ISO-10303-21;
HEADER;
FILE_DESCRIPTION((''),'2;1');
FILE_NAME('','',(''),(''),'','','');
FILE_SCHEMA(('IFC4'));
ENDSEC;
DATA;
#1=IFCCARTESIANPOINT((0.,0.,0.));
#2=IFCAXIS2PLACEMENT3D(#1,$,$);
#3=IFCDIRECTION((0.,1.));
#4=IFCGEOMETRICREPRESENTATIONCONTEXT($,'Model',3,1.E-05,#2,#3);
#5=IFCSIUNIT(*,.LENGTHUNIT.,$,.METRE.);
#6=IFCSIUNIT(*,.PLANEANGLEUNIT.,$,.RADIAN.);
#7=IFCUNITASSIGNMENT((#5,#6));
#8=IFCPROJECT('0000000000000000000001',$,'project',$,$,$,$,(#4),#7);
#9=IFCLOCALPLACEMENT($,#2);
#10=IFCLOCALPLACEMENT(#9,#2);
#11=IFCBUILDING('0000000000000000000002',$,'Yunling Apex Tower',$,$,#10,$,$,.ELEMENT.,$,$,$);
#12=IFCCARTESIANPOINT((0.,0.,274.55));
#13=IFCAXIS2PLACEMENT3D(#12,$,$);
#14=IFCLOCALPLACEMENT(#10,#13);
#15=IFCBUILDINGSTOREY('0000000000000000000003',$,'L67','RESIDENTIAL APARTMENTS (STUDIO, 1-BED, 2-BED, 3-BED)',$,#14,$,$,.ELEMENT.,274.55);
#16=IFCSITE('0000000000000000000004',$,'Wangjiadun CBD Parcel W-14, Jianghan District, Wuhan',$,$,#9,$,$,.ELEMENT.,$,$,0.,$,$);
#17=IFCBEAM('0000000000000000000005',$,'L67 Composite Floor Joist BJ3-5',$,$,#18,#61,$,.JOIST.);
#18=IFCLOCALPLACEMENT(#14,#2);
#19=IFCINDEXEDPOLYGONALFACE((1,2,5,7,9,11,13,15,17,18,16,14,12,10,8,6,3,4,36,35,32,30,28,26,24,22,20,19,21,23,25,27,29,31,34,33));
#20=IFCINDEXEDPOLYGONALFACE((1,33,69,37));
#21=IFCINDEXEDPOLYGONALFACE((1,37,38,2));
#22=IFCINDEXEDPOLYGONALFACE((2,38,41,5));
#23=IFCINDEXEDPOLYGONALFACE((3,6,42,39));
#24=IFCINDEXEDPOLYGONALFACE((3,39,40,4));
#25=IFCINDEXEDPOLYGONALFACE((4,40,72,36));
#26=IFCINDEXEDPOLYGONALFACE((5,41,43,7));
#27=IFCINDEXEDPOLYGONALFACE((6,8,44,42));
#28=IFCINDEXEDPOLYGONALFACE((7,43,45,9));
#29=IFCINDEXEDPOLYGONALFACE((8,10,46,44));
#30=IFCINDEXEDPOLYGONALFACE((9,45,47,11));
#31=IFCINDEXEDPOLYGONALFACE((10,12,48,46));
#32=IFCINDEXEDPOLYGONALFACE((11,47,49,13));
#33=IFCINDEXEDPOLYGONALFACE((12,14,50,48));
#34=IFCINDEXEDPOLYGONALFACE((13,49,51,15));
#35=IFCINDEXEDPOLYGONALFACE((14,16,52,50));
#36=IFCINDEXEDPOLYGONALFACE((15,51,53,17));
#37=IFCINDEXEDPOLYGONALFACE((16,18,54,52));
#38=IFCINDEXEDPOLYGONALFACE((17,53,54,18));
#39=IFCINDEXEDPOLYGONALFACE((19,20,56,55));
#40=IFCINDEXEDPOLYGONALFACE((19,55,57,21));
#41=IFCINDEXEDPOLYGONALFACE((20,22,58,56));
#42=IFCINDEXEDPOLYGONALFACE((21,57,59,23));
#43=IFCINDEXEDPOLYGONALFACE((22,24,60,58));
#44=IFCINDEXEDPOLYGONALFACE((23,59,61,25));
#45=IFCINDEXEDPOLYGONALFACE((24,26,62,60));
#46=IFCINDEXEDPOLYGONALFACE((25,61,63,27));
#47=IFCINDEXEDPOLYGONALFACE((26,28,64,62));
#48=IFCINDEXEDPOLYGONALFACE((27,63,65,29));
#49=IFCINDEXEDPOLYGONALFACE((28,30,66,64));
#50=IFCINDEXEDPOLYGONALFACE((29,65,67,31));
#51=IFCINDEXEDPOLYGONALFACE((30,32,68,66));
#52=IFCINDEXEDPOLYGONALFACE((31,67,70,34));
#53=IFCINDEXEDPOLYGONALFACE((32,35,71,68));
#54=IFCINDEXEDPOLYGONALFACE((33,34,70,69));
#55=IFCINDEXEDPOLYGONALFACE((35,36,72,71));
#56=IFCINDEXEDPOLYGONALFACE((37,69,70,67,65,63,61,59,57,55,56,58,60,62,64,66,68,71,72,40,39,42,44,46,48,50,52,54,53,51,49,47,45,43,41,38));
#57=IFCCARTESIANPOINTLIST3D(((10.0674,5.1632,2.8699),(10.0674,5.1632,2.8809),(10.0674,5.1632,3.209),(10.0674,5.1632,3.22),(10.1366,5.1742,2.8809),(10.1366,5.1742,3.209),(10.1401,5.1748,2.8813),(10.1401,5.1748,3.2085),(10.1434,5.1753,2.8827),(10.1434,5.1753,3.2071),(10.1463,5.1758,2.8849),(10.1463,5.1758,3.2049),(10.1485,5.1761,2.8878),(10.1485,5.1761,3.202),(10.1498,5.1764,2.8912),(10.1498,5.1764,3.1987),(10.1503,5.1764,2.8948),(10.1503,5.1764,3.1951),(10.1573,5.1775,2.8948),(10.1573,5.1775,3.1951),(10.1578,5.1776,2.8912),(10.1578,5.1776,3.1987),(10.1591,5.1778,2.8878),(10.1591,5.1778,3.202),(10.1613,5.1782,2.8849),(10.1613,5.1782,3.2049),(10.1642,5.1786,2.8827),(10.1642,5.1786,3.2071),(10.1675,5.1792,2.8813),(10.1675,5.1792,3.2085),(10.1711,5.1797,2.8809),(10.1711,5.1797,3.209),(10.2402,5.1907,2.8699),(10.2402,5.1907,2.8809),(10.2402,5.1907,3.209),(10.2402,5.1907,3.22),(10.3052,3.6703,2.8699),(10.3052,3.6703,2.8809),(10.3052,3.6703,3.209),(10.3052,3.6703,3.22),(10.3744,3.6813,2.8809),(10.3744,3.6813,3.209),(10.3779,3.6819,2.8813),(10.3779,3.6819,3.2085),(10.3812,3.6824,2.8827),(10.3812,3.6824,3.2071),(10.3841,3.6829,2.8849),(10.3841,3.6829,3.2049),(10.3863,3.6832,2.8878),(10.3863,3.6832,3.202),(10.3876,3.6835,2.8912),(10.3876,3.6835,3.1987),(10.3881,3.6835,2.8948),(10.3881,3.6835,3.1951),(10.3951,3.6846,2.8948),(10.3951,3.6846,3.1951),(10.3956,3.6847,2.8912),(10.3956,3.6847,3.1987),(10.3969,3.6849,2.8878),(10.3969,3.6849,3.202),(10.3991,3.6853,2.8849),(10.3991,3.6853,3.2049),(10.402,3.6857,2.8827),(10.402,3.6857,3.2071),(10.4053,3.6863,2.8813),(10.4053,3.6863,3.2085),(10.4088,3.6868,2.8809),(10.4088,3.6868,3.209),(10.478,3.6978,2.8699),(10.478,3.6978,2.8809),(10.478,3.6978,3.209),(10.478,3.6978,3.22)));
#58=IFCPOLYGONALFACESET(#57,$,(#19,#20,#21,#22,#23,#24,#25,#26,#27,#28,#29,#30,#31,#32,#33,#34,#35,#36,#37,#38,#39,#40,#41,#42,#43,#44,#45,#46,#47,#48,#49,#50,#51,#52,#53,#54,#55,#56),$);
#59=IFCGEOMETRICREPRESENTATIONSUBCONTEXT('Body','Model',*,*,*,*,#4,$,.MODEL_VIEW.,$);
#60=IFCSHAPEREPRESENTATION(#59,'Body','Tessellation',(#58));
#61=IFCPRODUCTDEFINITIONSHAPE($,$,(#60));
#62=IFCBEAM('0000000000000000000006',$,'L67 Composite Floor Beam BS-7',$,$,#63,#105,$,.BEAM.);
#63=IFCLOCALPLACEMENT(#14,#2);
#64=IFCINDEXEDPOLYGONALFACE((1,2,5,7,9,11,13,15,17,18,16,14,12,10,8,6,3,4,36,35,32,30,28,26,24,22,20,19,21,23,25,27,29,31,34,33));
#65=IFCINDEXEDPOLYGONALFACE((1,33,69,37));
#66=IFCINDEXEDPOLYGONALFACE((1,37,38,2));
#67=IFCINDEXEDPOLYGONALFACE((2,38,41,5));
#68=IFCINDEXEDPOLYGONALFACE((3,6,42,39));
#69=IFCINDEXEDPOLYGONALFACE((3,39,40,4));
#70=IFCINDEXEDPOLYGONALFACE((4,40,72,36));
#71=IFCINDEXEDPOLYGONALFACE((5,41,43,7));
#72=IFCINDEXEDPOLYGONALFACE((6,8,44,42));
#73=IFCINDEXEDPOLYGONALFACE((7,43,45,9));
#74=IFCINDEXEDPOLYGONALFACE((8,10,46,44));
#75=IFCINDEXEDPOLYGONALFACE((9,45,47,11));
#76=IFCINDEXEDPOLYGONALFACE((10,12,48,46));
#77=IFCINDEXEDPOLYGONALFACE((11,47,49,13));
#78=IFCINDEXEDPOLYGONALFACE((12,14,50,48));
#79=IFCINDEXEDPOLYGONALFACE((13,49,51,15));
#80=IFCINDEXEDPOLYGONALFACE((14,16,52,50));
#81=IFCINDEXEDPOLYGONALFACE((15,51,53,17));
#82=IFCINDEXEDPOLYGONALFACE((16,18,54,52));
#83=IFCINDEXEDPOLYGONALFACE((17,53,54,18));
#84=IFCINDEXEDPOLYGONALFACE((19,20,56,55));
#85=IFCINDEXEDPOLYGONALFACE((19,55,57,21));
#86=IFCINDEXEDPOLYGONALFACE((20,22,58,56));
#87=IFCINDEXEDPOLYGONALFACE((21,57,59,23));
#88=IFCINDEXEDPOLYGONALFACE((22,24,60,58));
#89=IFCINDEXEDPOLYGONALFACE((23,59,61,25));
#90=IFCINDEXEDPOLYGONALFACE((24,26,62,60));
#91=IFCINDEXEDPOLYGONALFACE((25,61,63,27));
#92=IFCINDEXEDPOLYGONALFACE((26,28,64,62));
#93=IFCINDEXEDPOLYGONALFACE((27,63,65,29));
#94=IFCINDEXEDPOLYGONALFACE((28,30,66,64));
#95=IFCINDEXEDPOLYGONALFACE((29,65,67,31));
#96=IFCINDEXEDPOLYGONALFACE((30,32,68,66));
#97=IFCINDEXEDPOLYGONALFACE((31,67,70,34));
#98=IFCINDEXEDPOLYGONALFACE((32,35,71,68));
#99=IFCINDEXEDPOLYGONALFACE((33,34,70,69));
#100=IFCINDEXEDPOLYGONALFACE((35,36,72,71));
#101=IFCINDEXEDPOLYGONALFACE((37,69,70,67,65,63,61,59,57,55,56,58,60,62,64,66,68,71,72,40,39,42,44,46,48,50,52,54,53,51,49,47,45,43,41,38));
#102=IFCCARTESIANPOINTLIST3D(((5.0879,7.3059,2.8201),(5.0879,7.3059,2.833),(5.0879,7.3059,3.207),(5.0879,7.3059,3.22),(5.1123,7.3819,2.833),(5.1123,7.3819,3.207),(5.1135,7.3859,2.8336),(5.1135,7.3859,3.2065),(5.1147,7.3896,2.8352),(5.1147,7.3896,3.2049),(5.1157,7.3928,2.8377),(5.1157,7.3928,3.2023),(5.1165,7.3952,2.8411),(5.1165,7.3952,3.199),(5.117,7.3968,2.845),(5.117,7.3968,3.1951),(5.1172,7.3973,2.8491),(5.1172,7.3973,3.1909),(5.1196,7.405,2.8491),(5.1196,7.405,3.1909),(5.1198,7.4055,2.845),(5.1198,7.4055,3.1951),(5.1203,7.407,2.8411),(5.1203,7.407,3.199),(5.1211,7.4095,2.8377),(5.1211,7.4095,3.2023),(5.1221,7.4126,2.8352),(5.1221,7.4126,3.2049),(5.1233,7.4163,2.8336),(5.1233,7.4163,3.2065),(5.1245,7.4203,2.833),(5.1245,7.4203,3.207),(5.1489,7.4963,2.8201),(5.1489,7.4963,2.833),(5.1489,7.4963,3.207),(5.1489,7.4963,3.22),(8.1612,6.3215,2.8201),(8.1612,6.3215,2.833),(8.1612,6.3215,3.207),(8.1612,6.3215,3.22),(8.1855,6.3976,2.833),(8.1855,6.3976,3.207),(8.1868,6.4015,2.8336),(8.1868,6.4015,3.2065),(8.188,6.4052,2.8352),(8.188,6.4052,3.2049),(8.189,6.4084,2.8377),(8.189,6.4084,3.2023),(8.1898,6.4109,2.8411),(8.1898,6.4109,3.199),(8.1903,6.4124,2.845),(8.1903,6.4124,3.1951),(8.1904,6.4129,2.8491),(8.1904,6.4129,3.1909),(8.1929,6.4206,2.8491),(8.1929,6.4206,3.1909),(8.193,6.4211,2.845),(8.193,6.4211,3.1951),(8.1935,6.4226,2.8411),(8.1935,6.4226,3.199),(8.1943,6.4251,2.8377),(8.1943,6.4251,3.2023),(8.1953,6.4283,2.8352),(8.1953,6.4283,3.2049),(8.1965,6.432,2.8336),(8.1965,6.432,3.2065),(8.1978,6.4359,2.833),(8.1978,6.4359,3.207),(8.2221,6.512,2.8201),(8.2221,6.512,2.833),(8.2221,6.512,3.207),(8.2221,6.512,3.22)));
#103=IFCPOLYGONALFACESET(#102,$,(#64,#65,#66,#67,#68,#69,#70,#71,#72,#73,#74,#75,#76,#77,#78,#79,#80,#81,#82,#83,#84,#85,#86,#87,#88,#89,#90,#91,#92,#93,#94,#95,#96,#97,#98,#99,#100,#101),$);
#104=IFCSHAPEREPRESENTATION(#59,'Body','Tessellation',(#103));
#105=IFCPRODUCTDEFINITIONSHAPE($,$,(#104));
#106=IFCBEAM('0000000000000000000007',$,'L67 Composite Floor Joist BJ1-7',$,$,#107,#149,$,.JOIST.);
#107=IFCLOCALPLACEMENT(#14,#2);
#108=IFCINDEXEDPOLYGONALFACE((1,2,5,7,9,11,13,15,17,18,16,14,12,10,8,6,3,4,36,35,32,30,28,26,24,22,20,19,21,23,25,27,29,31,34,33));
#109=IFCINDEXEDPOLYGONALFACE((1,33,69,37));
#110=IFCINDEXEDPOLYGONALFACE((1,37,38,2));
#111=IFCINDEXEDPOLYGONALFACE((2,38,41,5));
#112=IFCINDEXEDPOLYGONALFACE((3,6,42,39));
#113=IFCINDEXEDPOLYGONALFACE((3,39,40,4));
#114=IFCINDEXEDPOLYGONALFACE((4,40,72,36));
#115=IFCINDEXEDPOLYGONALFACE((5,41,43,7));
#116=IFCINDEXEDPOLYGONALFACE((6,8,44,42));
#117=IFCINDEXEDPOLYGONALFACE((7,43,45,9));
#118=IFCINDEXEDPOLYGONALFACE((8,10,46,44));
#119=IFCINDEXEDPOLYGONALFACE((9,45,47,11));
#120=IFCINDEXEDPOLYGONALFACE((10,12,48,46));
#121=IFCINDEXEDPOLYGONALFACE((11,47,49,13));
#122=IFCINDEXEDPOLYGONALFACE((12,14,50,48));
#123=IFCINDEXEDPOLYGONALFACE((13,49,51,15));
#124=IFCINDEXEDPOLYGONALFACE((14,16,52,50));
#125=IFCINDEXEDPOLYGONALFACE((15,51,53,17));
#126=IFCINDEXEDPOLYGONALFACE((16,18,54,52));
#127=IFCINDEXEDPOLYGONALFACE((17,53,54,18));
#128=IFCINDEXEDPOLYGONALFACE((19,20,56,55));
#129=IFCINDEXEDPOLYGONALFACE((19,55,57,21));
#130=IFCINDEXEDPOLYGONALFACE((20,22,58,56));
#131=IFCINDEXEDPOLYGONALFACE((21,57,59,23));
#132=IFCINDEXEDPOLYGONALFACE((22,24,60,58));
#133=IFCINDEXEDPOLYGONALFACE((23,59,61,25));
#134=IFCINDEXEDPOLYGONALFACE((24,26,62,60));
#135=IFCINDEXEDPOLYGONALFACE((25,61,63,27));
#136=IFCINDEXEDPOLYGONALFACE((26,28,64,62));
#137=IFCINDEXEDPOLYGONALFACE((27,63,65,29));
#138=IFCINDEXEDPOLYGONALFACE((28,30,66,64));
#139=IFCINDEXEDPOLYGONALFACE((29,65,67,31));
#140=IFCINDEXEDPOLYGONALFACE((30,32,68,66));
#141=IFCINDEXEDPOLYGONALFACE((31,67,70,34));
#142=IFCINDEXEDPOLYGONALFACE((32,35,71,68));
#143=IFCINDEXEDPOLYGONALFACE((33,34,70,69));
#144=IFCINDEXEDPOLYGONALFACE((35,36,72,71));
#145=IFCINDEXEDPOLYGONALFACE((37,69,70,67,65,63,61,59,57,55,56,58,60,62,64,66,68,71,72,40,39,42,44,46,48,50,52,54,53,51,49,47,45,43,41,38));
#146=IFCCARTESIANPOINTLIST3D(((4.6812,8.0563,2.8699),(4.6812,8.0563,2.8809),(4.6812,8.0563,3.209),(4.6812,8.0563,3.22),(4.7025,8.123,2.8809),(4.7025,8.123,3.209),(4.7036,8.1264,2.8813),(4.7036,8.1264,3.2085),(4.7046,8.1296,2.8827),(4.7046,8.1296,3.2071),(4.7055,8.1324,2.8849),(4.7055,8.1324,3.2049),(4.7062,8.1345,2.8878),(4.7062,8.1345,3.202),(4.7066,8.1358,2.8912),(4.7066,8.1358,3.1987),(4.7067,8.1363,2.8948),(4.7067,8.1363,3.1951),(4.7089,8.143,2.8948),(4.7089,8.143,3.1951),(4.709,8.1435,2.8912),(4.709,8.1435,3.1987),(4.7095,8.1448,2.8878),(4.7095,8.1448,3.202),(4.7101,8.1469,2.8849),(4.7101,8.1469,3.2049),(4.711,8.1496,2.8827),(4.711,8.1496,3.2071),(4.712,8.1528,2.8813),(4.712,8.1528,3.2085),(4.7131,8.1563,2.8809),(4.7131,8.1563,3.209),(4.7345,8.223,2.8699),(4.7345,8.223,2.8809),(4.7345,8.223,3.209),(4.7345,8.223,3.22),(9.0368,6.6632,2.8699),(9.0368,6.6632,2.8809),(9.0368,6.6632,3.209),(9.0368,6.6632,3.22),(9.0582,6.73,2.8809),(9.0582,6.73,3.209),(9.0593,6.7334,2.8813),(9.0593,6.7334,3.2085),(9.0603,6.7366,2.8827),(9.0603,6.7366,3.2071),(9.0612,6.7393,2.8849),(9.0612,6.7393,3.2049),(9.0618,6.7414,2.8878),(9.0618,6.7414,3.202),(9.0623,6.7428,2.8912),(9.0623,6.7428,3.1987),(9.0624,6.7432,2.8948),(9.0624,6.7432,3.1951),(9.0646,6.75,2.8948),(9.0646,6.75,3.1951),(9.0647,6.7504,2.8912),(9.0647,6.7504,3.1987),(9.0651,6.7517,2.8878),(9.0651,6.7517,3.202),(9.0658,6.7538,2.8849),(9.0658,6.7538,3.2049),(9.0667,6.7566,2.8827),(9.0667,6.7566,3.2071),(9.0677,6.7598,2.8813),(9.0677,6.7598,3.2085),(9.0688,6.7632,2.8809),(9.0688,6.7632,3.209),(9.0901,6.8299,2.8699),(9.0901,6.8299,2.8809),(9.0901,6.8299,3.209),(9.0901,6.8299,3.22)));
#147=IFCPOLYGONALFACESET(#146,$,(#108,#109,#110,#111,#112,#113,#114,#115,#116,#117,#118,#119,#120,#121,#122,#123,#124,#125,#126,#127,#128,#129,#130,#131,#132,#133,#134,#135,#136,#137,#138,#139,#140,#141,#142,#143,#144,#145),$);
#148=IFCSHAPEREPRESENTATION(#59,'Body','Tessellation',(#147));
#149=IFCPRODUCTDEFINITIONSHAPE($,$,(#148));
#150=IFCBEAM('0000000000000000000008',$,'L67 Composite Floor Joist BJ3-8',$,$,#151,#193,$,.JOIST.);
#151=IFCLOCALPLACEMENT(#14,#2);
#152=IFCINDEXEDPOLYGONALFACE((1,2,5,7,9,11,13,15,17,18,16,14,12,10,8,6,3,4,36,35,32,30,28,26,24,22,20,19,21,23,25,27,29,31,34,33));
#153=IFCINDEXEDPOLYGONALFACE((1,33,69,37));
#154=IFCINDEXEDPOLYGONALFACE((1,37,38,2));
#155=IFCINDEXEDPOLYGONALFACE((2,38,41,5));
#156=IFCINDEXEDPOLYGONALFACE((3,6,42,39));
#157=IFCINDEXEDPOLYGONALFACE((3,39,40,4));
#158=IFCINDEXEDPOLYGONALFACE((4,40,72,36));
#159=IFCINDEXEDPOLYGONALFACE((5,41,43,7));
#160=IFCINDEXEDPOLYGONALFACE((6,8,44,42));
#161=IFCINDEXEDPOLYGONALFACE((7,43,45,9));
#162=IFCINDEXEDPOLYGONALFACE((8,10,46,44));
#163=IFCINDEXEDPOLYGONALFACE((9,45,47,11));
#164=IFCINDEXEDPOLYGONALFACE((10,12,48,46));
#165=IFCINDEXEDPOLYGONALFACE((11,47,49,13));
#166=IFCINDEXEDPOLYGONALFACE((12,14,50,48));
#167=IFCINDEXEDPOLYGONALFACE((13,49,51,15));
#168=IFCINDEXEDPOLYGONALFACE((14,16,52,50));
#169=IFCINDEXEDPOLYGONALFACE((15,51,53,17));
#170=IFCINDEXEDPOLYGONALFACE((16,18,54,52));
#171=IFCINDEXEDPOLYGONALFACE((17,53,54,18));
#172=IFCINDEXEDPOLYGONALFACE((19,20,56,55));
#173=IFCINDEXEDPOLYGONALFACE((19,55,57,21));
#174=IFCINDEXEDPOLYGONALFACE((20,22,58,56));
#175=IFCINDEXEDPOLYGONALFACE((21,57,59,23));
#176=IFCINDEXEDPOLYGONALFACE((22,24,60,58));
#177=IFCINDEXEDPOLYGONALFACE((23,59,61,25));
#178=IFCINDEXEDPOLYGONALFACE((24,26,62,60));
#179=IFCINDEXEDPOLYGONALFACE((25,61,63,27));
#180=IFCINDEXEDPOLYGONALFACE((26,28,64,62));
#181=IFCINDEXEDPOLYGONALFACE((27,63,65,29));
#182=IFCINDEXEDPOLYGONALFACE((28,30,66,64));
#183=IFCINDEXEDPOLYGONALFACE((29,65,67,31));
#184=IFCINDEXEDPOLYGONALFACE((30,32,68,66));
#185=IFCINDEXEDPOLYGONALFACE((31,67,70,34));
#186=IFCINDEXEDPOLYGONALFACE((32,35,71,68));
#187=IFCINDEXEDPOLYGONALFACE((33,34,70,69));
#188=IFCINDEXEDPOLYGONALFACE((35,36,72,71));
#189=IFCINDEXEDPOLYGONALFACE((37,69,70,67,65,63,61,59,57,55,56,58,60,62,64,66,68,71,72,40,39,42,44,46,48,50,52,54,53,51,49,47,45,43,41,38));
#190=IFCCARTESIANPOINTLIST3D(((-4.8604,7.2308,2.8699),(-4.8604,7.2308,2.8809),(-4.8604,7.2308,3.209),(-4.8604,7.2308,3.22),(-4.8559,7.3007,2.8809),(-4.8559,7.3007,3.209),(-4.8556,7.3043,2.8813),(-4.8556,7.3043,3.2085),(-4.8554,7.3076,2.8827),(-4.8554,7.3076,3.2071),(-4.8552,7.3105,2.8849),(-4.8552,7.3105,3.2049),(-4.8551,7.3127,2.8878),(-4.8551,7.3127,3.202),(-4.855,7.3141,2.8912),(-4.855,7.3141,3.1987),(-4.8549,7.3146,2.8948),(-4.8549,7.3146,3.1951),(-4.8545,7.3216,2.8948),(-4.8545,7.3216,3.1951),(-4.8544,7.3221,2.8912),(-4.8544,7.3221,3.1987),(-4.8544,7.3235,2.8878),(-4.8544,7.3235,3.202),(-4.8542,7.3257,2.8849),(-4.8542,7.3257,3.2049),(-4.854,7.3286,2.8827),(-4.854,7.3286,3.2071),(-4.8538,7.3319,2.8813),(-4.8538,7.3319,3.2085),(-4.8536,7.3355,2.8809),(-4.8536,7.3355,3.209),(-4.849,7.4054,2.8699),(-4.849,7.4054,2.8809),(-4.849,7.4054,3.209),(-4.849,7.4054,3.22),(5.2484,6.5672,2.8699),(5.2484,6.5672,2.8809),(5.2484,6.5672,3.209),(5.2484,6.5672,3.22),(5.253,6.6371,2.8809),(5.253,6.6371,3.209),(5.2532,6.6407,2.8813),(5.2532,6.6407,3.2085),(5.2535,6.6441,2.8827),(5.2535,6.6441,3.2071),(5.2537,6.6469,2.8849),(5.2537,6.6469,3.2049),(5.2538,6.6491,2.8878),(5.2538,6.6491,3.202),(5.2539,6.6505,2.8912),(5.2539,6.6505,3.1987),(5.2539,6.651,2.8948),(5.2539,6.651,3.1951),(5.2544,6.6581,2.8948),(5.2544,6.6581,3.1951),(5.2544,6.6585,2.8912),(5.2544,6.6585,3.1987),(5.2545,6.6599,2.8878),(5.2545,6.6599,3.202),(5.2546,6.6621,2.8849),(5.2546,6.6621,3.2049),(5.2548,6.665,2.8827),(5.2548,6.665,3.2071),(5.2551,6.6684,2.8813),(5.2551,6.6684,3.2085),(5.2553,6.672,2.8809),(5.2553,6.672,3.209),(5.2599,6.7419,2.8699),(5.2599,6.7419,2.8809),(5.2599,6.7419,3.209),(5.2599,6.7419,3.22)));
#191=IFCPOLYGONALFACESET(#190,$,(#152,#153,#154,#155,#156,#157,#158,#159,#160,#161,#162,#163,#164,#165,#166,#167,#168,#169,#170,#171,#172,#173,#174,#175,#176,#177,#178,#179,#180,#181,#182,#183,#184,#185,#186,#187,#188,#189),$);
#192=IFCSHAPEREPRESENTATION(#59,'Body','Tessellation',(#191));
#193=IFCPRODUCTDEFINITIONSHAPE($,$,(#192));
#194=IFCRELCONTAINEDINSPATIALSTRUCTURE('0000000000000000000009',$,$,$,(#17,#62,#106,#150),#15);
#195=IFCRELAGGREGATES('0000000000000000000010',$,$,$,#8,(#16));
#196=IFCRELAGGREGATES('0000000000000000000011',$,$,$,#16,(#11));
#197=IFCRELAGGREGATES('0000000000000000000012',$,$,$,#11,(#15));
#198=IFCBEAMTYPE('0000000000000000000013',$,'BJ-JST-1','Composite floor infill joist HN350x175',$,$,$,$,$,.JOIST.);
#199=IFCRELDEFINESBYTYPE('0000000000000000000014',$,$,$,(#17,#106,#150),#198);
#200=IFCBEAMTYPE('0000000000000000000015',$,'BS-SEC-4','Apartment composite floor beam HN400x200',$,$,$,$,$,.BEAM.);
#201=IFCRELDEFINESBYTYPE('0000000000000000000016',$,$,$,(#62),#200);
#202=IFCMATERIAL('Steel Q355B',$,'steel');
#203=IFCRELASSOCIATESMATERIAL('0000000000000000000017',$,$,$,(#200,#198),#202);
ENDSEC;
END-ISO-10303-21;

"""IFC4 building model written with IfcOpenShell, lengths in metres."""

from ifc_helpers import new_model, si_unit, direction, frame, origin, origin_2d, place, context, subcontext, project, spatial, i_section, extrude, source, transform, mapped, material, material_profile, profile_set, type_object, element, save


model = new_model("IFC4")

# Units and contexts
model_context = context("Model", 3, precision=1e-05, world=origin(), true_north=direction((0.0, 1.0)))
body_context = subcontext(model_context, "Body", "Model", "MODEL_VIEW")
ifc_project = project(units=[si_unit("LENGTHUNIT", "METRE"), si_unit("PLANEANGLEUNIT", "RADIAN")], contexts=[model_context])

# Site, building, storey
site_placement = place(None, origin())
site = spatial("IfcSite", under=ifc_project, at=site_placement, Name="Wangjiadun CBD Parcel W-14, Jianghan District, Wuhan", CompositionType="ELEMENT", RefElevation=0.0)
building_placement = place(site_placement, origin())
building = spatial("IfcBuilding", under=site, at=building_placement, Name="Yunling Apex Tower", CompositionType="ELEMENT")
storey_placement = place(building_placement, frame((0.0, 0.0, 274.55)))
storey = spatial("IfcBuildingStorey", under=building, at=storey_placement, Name="L67", Description="RESIDENTIAL APARTMENTS (STUDIO, 1-BED, 2-BED, 3-BED)", CompositionType="ELEMENT", Elevation=274.55)

# Shared definitions
ifc_material_1 = material(Name="Steel Q355B", Category="steel")

# Beams
ifc_material_profile_1 = material_profile(ifc_material_1, i_section(OverallWidth=0.2, OverallDepth=0.3999, WebThickness=0.0081, FlangeThickness=0.0129, FilletRadius=0.0161, at=origin_2d()))
ifc_profile_set_1 = profile_set([ifc_material_profile_1], Name="Steel Q355B")
beam_type_1 = type_object("IfcBeamType", Name="BS-SEC-4", Description="Apartment composite floor beam HN400x200", PredefinedType="BEAM", material=ifc_profile_set_1)
ifc_material_profile_2 = material_profile(ifc_material_1, i_section(OverallWidth=0.175, OverallDepth=0.3501, WebThickness=0.0071, FlangeThickness=0.011, FilletRadius=0.0139, at=origin_2d()))
ifc_profile_set_2 = profile_set([ifc_material_profile_2], Name="Steel Q355B")
beam_type_2 = type_object("IfcBeamType", Name="BJ-JST-1", Description="Composite floor infill joist HN350x175", PredefinedType="JOIST", material=ifc_profile_set_2)
shared_shape_1 = source(origin(), body_context, "Body", "SweptSolid", [
    extrude(i_section(OverallWidth=0.175, OverallDepth=0.3501, WebThickness=0.0071, FlangeThickness=0.011, FilletRadius=0.0139, at=origin_2d()), origin(), (0.0, 0.0, 1.0), 1.5117),
])
beam_1_placement = place(storey_placement, frame((10.3916, 3.6841, 3.0449), z_axis=(-0.157298, 0.987551, 0.0), x_axis=(-0.987551, -0.157298, 0.0)))
element("IfcBeam", 1, at=beam_1_placement, inside=storey, type_object=beam_type_2, Name="L67 Composite Floor Joist BJ3-5", PredefinedType="JOIST", context=body_context, shape_type="MappedRepresentation", body=[
    mapped(shared_shape_1, transform((0.0, 0.0, 0.0), scale=1.0)),
])
shared_shape_2 = source(origin(), body_context, "Body", "SweptSolid", [
    extrude(i_section(OverallWidth=0.2, OverallDepth=0.3999, WebThickness=0.0081, FlangeThickness=0.0129, FilletRadius=0.0161, at=origin_2d()), origin(), (0.0, 0.0, 1.0), 3.2271),
])
beam_2_placement = place(storey_placement, frame((8.1917, 6.4167, 3.02), z_axis=(-0.95234, 0.305039, 0.0), x_axis=(-0.305039, -0.95234, 0.0)))
element("IfcBeam", 2, at=beam_2_placement, inside=storey, type_object=beam_type_1, Name="L67 Composite Floor Beam BS-7", PredefinedType="BEAM", context=body_context, shape_type="MappedRepresentation", body=[
    mapped(shared_shape_2, transform((0.0, 0.0, 0.0), scale=1.0)),
])
shared_shape_3 = source(origin(), body_context, "Body", "SweptSolid", [
    extrude(i_section(OverallWidth=0.175, OverallDepth=0.3501, WebThickness=0.0071, FlangeThickness=0.011, FilletRadius=0.0139, at=origin_2d()), origin(), (0.0, 0.0, 1.0), 4.573),
])
beam_3_placement = place(storey_placement, frame((9.0635, 6.7466, 3.0449), z_axis=(-0.952472, 0.304625, 0.0), x_axis=(-0.304625, -0.952472, 0.0)))
element("IfcBeam", 3, at=beam_3_placement, inside=storey, type_object=beam_type_2, Name="L67 Composite Floor Joist BJ1-7", PredefinedType="JOIST", context=body_context, shape_type="MappedRepresentation", body=[
    mapped(shared_shape_3, transform((0.0, 0.0, 0.0), scale=1.0)),
])
shared_shape_4 = source(origin(), body_context, "Body", "SweptSolid", [
    extrude(i_section(OverallWidth=0.175, OverallDepth=0.3501, WebThickness=0.0071, FlangeThickness=0.011, FilletRadius=0.0139, at=origin_2d()), origin(), (0.0, 0.0, 1.0), 10.1306),
])
beam_4_placement = place(storey_placement, frame((5.2542, 6.6545, 3.0449), z_axis=(-0.997852, 0.065502, 0.0), x_axis=(-0.065502, -0.997852, 0.0)))
element("IfcBeam", 4, at=beam_4_placement, inside=storey, type_object=beam_type_2, Name="L67 Composite Floor Joist BJ3-8", PredefinedType="JOIST", context=body_context, shape_type="MappedRepresentation", body=[
    mapped(shared_shape_4, transform((0.0, 0.0, 0.0), scale=1.0)),
])

save(model, "model.ifc")
